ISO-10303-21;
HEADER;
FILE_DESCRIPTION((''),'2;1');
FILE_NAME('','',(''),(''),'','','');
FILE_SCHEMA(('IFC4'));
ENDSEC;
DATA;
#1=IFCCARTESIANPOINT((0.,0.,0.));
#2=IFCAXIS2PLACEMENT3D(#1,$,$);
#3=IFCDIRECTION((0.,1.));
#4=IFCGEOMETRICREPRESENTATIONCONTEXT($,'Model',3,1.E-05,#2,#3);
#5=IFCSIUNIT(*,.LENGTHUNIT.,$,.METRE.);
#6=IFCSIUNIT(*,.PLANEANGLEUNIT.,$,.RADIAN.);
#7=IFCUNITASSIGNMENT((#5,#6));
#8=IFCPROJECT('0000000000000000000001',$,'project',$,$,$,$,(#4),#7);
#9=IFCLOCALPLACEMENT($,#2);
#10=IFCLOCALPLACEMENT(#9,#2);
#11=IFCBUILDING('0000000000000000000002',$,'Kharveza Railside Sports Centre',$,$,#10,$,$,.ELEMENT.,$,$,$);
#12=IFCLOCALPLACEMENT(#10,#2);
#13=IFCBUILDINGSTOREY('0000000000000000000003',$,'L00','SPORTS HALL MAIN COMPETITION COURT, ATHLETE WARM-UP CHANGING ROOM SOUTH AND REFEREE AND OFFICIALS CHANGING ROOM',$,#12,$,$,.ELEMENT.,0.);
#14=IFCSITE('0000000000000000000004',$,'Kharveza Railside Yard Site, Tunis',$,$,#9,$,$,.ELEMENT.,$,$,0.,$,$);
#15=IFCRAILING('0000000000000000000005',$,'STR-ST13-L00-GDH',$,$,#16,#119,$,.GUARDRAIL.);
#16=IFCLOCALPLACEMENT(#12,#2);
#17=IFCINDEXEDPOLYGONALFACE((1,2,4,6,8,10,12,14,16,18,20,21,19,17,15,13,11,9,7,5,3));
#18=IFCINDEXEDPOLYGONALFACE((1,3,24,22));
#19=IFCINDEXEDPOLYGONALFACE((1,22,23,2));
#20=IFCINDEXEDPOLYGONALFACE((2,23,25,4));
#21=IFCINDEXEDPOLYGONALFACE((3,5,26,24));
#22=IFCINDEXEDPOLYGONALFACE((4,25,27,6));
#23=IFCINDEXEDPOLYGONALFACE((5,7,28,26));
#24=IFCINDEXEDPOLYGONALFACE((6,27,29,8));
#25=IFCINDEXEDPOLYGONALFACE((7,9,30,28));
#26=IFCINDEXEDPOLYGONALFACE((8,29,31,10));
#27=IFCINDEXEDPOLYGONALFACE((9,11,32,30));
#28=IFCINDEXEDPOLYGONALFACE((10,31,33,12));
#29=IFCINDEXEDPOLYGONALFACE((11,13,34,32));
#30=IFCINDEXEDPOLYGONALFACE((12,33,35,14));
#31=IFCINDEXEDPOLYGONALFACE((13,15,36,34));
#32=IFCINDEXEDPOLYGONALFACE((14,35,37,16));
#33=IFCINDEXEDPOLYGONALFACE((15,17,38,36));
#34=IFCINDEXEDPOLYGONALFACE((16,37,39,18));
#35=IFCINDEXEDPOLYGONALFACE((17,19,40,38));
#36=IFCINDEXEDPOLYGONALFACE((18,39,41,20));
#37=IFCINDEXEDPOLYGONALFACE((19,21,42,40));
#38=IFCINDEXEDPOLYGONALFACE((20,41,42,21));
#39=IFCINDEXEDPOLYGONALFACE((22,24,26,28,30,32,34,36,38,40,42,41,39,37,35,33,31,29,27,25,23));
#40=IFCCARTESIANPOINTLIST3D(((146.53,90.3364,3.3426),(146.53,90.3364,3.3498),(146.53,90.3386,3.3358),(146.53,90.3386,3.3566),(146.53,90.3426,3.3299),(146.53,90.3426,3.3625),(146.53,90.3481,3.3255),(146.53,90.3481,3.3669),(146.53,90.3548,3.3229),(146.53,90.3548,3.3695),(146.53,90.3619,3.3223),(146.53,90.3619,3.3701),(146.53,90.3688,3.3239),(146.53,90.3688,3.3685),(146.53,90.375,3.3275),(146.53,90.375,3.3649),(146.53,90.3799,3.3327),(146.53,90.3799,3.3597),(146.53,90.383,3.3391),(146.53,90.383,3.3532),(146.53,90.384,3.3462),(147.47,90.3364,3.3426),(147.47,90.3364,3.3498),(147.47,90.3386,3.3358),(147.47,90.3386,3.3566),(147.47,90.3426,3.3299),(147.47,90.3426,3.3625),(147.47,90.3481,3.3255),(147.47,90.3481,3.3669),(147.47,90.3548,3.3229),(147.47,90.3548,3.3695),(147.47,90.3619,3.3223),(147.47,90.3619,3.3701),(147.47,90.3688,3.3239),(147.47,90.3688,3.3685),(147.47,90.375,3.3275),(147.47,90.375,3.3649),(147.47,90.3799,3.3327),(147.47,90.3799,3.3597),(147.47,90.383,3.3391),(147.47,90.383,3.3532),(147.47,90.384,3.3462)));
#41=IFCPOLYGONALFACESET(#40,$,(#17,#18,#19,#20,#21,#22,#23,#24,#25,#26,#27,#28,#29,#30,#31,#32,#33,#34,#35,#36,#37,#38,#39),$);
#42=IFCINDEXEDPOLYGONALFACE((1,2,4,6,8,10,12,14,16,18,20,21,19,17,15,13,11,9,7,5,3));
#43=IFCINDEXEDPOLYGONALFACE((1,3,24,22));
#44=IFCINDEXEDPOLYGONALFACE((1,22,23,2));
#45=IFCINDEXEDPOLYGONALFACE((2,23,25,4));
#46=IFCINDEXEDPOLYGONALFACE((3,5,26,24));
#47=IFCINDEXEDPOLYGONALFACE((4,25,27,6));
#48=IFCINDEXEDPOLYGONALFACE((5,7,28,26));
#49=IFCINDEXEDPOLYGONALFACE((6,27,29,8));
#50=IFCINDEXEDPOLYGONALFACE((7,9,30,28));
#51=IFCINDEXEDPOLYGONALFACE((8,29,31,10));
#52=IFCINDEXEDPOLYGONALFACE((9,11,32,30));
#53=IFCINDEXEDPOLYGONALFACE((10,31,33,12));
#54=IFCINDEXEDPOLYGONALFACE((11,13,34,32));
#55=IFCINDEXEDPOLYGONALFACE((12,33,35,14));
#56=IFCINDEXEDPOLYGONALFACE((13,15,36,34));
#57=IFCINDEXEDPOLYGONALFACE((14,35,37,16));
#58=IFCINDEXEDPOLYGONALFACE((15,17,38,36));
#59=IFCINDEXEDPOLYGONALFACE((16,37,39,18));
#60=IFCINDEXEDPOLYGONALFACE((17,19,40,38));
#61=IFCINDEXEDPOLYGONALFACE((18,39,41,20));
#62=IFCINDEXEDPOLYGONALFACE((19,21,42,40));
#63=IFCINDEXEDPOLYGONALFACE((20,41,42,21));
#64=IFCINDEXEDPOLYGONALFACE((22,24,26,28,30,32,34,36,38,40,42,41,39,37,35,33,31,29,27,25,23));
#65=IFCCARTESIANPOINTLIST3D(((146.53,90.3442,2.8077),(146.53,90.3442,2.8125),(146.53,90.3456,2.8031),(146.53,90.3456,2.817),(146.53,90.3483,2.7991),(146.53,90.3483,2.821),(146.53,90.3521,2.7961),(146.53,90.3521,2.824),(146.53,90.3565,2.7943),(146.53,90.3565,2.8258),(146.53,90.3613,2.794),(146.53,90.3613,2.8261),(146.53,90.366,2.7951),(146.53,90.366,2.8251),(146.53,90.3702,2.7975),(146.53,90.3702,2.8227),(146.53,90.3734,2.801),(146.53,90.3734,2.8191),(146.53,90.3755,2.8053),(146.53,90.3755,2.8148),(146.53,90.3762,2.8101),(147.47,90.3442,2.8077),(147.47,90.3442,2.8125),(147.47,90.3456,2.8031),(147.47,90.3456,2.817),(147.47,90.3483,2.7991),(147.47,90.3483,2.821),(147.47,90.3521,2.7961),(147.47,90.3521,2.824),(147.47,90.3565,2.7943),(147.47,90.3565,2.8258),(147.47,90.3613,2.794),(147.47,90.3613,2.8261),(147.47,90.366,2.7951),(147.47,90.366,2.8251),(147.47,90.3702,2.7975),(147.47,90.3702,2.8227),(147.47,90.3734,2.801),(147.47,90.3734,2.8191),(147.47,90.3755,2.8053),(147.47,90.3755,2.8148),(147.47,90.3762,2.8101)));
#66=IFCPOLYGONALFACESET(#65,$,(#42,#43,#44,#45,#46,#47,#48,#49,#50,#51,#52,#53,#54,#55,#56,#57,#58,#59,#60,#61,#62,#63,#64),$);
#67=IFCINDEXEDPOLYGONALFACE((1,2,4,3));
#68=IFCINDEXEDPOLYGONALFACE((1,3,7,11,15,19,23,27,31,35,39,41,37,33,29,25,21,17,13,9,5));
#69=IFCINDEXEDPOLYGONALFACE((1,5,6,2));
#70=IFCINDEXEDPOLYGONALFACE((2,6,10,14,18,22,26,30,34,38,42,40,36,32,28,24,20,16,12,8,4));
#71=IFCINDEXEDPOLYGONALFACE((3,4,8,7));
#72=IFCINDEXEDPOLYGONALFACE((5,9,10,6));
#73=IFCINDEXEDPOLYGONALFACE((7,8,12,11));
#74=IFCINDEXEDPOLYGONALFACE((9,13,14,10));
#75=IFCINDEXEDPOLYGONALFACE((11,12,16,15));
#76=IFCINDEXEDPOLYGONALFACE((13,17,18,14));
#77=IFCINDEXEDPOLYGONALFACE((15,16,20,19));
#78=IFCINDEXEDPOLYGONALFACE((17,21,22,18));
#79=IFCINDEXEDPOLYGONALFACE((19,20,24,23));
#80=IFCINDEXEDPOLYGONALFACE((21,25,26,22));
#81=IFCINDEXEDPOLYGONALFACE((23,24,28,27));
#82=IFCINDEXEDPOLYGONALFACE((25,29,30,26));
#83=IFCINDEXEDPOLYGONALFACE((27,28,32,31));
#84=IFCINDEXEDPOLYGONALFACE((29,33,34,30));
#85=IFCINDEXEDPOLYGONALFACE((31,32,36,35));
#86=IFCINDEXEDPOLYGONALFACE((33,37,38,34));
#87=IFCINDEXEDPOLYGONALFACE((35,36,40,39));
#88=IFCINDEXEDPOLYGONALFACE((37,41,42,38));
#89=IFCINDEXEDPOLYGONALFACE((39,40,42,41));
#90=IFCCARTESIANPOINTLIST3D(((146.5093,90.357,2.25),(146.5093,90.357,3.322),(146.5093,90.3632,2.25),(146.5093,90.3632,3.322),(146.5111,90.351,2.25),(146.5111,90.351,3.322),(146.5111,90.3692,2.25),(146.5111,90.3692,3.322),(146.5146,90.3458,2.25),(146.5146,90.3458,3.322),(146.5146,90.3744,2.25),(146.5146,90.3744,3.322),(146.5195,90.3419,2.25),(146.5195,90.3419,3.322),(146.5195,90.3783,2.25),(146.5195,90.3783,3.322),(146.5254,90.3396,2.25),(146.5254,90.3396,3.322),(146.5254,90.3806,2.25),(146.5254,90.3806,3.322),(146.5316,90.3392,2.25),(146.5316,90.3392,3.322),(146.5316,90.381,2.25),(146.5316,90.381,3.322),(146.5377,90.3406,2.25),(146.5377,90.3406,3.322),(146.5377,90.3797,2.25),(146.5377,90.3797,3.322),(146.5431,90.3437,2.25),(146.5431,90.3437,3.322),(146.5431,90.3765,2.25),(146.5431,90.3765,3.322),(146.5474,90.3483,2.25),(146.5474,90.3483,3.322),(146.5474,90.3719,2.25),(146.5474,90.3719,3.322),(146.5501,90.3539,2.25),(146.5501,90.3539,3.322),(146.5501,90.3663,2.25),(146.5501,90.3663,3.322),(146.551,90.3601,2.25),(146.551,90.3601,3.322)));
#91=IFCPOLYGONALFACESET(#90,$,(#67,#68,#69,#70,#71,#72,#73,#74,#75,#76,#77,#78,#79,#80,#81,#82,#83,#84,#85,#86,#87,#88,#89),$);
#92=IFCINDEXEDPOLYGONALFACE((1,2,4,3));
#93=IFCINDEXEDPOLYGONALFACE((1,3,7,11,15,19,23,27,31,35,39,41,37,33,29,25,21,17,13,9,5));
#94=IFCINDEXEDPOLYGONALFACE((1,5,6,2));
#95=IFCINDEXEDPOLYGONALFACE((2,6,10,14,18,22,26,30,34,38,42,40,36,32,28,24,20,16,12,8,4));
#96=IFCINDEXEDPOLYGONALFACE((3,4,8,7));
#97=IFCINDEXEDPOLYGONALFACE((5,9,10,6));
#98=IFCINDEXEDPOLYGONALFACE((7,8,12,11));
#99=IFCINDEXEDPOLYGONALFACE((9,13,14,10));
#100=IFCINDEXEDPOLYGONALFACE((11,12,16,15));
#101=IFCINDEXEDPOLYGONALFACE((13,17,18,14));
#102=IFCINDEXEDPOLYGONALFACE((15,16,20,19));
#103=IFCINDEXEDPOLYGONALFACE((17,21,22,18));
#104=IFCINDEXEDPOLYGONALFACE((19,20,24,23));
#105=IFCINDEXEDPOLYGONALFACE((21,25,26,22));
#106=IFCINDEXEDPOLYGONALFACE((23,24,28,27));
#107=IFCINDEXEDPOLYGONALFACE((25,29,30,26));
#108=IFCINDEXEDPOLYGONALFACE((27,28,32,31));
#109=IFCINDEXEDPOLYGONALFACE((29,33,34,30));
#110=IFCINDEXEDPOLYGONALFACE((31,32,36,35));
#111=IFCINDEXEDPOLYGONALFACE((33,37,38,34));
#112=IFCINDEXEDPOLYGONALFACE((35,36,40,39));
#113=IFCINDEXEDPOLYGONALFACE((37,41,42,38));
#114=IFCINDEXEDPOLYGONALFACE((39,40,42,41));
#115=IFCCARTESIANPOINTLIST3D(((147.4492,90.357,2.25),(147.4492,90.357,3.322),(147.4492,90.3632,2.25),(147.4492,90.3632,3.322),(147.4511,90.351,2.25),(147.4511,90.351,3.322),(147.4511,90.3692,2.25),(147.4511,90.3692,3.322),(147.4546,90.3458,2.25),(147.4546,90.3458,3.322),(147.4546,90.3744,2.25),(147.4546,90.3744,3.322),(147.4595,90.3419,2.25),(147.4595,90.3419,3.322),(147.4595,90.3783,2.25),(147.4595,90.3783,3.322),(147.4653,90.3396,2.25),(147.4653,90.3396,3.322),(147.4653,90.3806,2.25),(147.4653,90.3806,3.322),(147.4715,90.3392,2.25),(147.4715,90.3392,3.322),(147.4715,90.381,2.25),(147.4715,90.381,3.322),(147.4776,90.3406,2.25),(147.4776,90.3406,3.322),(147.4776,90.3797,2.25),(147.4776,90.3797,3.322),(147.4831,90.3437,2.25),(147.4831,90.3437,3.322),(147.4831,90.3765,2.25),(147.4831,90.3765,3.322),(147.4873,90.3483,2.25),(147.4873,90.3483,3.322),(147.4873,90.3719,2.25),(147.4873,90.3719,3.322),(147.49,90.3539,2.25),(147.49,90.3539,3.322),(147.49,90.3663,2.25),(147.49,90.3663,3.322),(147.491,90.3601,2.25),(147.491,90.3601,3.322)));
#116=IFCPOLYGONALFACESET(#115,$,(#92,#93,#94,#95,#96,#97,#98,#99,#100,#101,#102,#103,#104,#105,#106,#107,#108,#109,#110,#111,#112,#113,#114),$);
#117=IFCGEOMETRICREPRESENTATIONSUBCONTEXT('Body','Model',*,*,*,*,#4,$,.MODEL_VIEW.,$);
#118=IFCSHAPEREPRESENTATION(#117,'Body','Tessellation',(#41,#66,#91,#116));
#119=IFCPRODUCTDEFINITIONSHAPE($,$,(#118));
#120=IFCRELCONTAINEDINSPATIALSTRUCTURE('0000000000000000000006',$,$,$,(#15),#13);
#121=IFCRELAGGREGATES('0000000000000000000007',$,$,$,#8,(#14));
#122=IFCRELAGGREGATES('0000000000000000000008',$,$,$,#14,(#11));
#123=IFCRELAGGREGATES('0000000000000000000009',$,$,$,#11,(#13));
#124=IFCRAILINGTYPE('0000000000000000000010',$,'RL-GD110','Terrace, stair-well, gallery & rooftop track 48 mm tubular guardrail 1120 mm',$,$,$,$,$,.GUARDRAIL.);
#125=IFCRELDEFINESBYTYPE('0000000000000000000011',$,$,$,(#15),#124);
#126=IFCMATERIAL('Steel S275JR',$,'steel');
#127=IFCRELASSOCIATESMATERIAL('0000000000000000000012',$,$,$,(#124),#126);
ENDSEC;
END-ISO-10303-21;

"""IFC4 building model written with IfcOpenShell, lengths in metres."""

from ifc_helpers import new_model, si_unit, direction, frame, origin, origin_2d, place, context, subcontext, project, spatial, circle, extrude, material, type_object, element, save


model = new_model("IFC4")

# Units and contexts
model_context = context("Model", 3, precision=1e-05, world=origin(), true_north=direction((0.0, 1.0)))
body_context = subcontext(model_context, "Body", "Model", "MODEL_VIEW")
ifc_project = project(units=[si_unit("LENGTHUNIT", "METRE"), si_unit("PLANEANGLEUNIT", "RADIAN")], contexts=[model_context])

# Site, building, storey
site_placement = place(None, origin())
site = spatial("IfcSite", under=ifc_project, at=site_placement, Name="Kharveza Railside Yard Site, Tunis", CompositionType="ELEMENT", RefElevation=0.0)
building_placement = place(site_placement, origin())
building = spatial("IfcBuilding", under=site, at=building_placement, Name="Kharveza Railside Sports Centre", CompositionType="ELEMENT")
storey_placement = place(building_placement, origin())
storey = spatial("IfcBuildingStorey", under=building, at=storey_placement, Name="L00", Description="SPORTS HALL MAIN COMPETITION COURT, ATHLETE WARM-UP CHANGING ROOM SOUTH AND REFEREE AND OFFICIALS CHANGING ROOM", CompositionType="ELEMENT", Elevation=0.0)

# Railing
ifc_material_1 = material(Name="Steel S275JR", Category="steel")
railing_type_1 = type_object("IfcRailingType", Name="RL-GD110", Description="Terrace, stair-well, gallery & rooftop track 48 mm tubular guardrail 1120 mm", PredefinedType="GUARDRAIL", material=ifc_material_1)
railing_1_placement = place(storey_placement, frame((146.53, 90.3601, 2.25)))
element("IfcRailing", 1, at=railing_1_placement, inside=storey, type_object=railing_type_1, Name="STR-ST13-L00-GDH", PredefinedType="GUARDRAIL", context=body_context, shape_type="SweptSolid", body=[
    extrude(circle(Radius=0.0239, at=origin_2d()), frame((0.0, 0.0, 1.0962), z_axis=(1.0, 0.0, 0.0), x_axis=(0.0, 1.0, 0.0)), (0.0, 0.0, 1.0), 0.9399),
    extrude(circle(Radius=0.0161, at=origin_2d()), frame((0.0, 0.0, 0.5601), z_axis=(1.0, 0.0, 0.0), x_axis=(0.0, 1.0, 0.0)), (0.0, 0.0, 1.0), 0.9399),
    extrude(circle(Radius=0.021, at=origin_2d()), origin(), (0.0, 0.0, 1.0), 1.072),
    extrude(circle(Radius=0.021, at=origin_2d()), frame((0.9399, 0.0, 0.0)), (0.0, 0.0, 1.0), 1.072),
])

save(model, "model.ifc")
